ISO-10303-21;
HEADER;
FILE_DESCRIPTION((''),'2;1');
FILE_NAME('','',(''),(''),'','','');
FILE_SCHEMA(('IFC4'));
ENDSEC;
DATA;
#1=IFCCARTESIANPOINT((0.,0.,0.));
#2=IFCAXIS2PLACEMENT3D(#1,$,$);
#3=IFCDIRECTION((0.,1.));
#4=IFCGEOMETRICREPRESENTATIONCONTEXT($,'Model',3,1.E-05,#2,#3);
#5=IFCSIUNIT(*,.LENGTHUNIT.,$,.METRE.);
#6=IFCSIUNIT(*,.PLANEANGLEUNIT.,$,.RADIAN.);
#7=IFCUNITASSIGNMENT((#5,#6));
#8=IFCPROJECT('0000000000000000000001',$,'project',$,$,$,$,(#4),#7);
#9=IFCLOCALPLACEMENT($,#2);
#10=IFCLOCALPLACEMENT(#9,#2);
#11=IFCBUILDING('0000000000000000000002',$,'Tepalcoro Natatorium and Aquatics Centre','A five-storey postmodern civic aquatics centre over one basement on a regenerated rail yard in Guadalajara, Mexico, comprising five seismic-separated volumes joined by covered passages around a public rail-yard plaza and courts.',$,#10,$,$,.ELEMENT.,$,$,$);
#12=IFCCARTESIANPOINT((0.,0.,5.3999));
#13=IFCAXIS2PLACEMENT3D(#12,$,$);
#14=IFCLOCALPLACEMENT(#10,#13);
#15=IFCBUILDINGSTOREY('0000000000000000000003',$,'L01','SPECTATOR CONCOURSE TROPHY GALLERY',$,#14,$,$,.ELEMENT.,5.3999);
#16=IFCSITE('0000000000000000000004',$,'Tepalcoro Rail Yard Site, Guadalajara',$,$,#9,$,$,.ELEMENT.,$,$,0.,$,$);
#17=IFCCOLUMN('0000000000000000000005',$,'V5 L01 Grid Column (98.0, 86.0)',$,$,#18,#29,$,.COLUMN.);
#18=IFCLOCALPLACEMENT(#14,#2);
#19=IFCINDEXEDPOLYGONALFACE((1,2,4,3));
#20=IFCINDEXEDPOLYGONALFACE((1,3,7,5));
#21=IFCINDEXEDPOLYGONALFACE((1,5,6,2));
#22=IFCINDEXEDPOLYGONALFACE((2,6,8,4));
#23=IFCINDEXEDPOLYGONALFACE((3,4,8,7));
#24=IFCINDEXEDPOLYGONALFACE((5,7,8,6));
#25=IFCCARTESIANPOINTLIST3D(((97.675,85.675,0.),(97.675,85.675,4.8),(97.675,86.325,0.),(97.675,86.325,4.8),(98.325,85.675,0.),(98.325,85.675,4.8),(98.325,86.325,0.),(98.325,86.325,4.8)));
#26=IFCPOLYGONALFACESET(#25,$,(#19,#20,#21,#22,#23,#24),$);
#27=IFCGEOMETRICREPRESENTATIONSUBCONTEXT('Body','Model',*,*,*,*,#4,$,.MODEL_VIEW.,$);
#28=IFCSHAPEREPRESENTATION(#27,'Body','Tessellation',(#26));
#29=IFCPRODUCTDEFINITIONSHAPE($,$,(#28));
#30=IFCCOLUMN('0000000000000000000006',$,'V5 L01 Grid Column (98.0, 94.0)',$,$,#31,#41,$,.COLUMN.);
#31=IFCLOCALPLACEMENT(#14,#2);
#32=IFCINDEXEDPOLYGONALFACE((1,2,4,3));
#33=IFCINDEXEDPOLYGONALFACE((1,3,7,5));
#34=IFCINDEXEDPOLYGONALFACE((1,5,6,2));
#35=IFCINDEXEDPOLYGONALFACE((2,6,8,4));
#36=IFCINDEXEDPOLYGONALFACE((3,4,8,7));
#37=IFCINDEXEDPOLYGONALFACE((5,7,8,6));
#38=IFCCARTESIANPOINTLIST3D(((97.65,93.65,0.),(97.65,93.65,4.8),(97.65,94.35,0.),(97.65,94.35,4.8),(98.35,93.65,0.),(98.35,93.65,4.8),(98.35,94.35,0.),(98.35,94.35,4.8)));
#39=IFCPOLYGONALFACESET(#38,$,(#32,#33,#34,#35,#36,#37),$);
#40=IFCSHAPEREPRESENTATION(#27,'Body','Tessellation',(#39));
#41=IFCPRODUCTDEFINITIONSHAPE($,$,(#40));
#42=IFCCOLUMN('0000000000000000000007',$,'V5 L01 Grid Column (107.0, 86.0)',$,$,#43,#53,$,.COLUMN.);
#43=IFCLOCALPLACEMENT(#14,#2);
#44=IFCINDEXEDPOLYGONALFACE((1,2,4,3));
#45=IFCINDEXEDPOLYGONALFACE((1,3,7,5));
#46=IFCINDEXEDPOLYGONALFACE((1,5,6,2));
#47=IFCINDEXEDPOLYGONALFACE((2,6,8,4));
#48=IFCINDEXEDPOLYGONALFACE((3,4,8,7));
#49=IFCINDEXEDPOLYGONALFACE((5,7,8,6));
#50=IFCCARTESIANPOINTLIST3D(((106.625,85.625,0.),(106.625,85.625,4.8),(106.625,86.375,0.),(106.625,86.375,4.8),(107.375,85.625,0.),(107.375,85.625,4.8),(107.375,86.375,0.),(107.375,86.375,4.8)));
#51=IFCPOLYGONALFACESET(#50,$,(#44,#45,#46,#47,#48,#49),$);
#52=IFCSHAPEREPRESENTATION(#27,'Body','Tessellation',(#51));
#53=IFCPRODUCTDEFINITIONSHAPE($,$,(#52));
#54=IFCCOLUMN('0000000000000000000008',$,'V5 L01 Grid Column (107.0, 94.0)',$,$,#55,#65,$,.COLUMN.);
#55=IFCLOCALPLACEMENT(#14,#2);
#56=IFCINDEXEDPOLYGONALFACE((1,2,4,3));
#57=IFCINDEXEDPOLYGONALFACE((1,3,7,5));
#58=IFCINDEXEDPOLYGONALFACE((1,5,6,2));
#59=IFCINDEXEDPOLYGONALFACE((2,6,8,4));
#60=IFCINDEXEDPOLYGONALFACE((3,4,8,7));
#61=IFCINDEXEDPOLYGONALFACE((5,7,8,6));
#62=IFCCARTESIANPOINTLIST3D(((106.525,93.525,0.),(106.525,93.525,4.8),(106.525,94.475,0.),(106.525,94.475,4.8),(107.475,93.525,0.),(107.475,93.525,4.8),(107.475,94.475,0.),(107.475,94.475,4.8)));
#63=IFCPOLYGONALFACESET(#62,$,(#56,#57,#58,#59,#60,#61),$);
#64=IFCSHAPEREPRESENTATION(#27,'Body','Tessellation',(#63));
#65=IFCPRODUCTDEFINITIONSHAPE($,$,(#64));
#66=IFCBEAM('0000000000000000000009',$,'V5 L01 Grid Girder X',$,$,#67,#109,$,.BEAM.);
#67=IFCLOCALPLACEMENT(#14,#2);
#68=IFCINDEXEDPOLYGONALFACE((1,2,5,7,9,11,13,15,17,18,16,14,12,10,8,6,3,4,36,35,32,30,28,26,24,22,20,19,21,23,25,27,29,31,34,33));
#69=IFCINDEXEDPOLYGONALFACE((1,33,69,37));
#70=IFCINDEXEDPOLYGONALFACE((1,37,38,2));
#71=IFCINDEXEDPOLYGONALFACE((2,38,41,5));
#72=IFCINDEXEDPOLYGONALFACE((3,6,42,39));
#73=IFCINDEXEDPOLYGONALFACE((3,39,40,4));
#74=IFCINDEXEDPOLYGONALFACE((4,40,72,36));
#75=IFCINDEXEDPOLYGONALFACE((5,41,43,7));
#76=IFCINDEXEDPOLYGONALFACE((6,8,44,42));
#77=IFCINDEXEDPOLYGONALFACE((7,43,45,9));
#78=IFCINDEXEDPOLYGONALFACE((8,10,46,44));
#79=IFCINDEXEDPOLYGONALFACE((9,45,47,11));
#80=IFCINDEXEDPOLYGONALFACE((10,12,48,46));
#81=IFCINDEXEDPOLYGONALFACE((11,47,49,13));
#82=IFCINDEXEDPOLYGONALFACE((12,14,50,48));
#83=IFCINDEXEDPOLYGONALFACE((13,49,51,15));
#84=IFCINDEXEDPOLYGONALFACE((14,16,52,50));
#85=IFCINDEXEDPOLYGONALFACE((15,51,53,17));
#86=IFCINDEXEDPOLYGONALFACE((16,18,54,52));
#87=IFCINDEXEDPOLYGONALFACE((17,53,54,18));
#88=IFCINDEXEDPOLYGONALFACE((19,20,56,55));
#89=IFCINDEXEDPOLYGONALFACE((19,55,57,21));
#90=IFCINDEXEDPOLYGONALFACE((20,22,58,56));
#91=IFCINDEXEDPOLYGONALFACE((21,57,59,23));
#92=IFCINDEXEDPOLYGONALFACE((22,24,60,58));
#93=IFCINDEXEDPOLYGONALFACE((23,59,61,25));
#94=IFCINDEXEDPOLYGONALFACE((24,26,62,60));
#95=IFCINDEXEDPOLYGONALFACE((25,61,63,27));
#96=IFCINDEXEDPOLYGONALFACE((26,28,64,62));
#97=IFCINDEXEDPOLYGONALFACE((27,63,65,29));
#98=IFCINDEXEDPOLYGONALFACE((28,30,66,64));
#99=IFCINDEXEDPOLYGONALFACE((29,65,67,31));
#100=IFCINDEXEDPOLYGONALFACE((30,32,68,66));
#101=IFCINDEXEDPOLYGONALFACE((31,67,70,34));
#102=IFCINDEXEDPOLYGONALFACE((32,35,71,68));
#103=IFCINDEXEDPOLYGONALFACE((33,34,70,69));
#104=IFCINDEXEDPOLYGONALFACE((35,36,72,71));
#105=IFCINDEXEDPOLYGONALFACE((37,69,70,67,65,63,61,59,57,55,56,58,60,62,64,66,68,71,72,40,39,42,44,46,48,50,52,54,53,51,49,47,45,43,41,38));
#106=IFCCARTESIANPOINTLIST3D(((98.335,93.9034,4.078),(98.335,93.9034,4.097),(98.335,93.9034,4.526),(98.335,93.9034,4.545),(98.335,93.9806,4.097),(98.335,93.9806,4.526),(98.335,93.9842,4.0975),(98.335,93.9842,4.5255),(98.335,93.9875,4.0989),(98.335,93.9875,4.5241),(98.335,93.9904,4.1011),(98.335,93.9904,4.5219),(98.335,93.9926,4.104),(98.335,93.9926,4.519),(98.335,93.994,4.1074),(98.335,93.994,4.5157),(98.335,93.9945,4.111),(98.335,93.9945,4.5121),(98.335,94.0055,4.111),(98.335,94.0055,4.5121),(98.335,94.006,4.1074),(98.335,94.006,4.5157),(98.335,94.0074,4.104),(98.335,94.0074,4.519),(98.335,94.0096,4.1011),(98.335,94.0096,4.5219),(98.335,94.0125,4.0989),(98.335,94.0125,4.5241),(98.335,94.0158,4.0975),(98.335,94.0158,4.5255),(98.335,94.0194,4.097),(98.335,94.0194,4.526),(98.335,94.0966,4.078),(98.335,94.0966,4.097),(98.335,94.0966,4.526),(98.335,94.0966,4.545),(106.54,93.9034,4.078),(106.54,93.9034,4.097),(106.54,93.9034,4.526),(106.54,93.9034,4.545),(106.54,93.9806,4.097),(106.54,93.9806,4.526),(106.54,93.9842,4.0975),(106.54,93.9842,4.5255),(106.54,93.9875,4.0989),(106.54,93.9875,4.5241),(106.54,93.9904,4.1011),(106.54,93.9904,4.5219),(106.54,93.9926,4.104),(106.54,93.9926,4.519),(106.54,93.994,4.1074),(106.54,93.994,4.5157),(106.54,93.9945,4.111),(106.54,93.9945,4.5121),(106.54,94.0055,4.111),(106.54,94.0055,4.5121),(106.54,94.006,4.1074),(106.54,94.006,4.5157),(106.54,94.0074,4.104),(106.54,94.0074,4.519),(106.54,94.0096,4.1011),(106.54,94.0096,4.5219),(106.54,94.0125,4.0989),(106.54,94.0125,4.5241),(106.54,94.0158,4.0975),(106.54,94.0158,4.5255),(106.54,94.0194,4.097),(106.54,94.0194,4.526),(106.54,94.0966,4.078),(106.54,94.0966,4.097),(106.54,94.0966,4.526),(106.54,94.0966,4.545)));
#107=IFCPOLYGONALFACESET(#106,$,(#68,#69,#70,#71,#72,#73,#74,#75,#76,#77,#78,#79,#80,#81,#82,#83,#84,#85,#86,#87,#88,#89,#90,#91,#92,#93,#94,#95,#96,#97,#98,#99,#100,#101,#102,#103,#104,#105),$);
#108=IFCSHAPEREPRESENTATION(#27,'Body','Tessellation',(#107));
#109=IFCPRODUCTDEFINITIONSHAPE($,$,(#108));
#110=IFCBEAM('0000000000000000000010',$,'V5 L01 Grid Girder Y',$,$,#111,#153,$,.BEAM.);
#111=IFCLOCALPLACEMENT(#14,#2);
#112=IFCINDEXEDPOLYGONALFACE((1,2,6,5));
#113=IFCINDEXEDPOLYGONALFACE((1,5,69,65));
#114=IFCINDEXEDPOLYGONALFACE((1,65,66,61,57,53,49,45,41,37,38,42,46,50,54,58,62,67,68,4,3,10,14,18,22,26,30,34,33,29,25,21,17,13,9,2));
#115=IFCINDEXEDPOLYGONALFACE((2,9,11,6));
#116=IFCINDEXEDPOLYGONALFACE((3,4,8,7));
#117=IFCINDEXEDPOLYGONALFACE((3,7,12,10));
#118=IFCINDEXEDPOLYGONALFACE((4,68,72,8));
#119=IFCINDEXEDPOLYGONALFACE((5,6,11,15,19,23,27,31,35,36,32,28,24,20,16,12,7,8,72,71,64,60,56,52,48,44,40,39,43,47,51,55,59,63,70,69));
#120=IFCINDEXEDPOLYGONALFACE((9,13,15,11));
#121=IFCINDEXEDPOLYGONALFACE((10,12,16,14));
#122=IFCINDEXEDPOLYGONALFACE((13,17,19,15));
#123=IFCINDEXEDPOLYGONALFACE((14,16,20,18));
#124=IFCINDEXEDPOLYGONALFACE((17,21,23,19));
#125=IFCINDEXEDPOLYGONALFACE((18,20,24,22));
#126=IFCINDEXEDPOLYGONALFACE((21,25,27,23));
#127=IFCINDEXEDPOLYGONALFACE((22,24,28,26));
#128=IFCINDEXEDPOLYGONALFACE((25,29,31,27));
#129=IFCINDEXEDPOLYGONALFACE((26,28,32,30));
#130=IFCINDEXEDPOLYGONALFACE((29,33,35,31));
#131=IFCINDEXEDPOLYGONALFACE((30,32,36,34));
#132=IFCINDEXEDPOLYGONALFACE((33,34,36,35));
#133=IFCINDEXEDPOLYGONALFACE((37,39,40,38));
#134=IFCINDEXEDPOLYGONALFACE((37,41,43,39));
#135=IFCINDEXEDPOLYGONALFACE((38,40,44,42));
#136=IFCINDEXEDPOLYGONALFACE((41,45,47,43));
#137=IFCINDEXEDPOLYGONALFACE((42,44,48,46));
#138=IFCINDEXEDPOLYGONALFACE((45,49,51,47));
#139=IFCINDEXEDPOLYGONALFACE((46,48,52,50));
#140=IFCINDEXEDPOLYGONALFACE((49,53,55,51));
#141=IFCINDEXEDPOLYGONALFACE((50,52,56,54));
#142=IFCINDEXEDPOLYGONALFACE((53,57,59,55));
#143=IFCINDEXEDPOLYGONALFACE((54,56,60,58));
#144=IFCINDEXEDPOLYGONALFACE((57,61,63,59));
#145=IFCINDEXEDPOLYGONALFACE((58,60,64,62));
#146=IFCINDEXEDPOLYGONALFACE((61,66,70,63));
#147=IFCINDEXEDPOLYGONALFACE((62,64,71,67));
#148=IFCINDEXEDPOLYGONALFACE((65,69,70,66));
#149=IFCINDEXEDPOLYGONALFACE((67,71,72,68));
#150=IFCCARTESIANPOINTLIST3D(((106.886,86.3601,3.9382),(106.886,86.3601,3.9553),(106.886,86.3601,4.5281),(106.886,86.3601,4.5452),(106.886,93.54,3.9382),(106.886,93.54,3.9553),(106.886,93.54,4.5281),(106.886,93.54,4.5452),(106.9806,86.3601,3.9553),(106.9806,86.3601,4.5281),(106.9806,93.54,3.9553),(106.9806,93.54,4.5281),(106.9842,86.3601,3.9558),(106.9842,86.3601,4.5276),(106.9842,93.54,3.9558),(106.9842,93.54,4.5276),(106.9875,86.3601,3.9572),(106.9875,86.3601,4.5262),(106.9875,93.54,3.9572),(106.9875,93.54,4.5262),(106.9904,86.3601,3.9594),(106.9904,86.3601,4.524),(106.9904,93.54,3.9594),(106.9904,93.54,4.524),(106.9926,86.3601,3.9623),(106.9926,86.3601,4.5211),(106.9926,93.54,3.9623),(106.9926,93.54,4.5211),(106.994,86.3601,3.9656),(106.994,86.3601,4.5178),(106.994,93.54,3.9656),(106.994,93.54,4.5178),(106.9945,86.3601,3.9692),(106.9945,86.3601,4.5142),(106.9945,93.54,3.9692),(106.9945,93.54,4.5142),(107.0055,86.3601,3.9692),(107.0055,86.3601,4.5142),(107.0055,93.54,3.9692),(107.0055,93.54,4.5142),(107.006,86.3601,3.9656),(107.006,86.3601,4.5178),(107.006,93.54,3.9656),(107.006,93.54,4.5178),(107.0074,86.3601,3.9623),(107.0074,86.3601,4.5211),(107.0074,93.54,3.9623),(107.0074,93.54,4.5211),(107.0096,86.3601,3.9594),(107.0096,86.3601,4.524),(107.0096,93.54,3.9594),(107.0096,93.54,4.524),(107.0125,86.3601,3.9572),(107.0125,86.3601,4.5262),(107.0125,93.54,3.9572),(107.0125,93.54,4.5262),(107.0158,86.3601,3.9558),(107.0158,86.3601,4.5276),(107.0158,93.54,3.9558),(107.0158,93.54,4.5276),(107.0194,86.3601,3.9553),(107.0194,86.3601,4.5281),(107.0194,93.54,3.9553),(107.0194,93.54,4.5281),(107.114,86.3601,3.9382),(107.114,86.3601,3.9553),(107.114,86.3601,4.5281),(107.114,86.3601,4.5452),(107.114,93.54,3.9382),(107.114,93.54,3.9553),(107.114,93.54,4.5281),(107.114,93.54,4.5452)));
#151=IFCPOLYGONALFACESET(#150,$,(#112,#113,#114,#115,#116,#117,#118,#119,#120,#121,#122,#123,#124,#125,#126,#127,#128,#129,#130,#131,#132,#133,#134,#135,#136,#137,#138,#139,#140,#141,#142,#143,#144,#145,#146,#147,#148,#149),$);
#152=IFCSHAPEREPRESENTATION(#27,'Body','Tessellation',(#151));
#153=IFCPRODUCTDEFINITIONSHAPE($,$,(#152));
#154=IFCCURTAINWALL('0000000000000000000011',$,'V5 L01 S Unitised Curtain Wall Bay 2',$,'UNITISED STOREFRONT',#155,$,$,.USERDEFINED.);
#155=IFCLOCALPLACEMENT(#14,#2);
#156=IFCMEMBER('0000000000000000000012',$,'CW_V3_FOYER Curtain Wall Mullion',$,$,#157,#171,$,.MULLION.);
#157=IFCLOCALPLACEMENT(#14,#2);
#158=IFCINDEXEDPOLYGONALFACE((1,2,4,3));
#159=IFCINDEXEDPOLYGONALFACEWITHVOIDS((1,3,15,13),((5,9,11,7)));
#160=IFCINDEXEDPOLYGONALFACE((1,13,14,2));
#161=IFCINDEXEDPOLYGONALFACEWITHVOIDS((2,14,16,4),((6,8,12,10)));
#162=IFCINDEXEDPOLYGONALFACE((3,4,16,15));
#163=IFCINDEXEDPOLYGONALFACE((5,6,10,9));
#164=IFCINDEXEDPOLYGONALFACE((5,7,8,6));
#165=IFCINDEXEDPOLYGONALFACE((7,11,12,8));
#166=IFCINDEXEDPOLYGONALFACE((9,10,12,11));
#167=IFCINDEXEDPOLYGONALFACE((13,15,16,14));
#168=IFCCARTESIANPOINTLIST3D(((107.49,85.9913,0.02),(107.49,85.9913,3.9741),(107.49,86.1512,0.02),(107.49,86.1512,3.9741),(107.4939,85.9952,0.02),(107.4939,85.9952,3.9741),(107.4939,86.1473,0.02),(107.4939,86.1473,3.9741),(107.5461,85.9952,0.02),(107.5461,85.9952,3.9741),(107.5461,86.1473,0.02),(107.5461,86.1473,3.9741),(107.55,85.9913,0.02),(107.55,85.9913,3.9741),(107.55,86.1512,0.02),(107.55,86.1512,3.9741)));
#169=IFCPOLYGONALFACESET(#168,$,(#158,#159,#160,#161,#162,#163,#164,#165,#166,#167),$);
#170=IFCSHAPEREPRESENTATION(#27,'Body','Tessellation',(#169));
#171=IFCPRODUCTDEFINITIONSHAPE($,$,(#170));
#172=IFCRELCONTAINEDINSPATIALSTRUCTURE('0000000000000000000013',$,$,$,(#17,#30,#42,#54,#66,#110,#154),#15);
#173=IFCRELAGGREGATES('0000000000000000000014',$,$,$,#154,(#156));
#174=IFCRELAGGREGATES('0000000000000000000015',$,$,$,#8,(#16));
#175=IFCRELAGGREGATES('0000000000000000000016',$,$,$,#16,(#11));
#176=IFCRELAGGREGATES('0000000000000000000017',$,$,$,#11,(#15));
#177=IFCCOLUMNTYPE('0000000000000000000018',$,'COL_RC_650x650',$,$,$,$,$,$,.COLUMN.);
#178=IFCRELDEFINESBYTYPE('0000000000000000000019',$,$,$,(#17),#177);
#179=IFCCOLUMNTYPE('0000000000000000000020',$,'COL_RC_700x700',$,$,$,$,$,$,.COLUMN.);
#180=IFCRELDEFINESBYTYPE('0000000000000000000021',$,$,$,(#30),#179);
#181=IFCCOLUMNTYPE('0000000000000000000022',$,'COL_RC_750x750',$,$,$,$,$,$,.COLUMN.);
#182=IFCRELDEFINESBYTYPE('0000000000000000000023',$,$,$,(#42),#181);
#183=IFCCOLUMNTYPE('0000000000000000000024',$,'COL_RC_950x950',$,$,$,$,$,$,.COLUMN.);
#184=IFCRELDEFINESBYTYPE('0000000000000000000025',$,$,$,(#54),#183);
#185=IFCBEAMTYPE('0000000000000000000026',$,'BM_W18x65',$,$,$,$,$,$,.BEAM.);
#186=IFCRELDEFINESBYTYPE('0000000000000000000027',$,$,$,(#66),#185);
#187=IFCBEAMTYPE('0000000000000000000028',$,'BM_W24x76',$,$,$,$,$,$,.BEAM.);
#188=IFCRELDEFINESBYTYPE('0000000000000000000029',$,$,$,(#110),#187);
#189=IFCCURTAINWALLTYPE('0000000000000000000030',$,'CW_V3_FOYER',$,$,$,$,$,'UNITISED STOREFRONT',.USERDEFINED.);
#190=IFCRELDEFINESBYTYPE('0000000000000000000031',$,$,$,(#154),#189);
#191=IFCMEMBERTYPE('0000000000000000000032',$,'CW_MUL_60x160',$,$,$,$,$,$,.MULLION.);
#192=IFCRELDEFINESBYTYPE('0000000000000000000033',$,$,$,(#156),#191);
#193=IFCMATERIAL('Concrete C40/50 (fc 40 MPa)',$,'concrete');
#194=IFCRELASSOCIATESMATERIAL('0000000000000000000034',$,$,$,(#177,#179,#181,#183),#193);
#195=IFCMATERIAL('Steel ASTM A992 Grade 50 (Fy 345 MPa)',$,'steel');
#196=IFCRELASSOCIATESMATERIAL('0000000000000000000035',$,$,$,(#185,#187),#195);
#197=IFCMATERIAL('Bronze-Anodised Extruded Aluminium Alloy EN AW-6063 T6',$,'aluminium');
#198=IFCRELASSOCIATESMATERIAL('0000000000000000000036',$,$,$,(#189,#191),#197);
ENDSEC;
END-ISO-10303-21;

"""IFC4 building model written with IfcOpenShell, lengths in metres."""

from ifc_helpers import new_model, si_unit, direction, frame, origin, origin_2d, place, context, subcontext, project, spatial, rectangle, hollow_rectangle, i_section, extrude, material, material_profile, profile_set, type_object, element, aggregate, save


model = new_model("IFC4")

# Units and contexts
model_context = context("Model", 3, precision=1e-05, world=origin(), true_north=direction((0.0, 1.0)))
body_context = subcontext(model_context, "Body", "Model", "MODEL_VIEW")
ifc_project = project(units=[si_unit("LENGTHUNIT", "METRE"), si_unit("PLANEANGLEUNIT", "RADIAN")], contexts=[model_context])

# Site, building, storey
site_placement = place(None, origin())
site = spatial("IfcSite", under=ifc_project, at=site_placement, Name="Tepalcoro Rail Yard Site, Guadalajara", CompositionType="ELEMENT", RefElevation=0.0)
building_placement = place(site_placement, origin())
building = spatial("IfcBuilding", under=site, at=building_placement, Name="Tepalcoro Natatorium and Aquatics Centre", Description="A five-storey postmodern civic aquatics centre over one basement on a regenerated rail yard in Guadalajara, Mexico, comprising five seismic-separated volumes joined by covered passages around a public rail-yard plaza and courts.", CompositionType="ELEMENT")
storey_placement = place(building_placement, frame((0.0, 0.0, 5.3999)))
storey = spatial("IfcBuildingStorey", under=building, at=storey_placement, Name="L01", Description="SPECTATOR CONCOURSE TROPHY GALLERY", CompositionType="ELEMENT", Elevation=5.3999)

# Columns
ifc_material_1 = material(Name="Concrete C40/50 (fc 40 MPa)", Category="concrete")
ifc_material_profile_1 = material_profile(ifc_material_1, rectangle(XDim=0.6499, YDim=0.6499, at=origin_2d()), Name="RC650x650")
ifc_profile_set_1 = profile_set([ifc_material_profile_1], Name="Concrete C40/50 (fc 40 MPa)")
column_type_1 = type_object("IfcColumnType", Name="COL_RC_650x650", PredefinedType="COLUMN", material=ifc_profile_set_1)
column_1_placement = place(storey_placement, frame((98.0, 86.0, 0.0), z_axis=(0.0, 0.0, 1.0), x_axis=(1.0, 0.0, 0.0)))
element("IfcColumn", 1, at=column_1_placement, inside=storey, type_object=column_type_1, Name="V5 L01 Grid Column (98.0, 86.0)", PredefinedType="COLUMN", context=body_context, shape_type="SweptSolid", body=[
    extrude(rectangle(XDim=0.6499, YDim=0.6499, at=origin_2d()), origin(), (0.0, 0.0, 1.0), 4.8),
])
ifc_material_profile_2 = material_profile(ifc_material_1, rectangle(XDim=0.7, YDim=0.7, at=origin_2d()), Name="RC700x700")
ifc_profile_set_2 = profile_set([ifc_material_profile_2], Name="Concrete C40/50 (fc 40 MPa)")
column_type_2 = type_object("IfcColumnType", Name="COL_RC_700x700", PredefinedType="COLUMN", material=ifc_profile_set_2)
column_2_placement = place(storey_placement, frame((98.0, 94.0, 0.0), z_axis=(0.0, 0.0, 1.0), x_axis=(1.0, 0.0, 0.0)))
element("IfcColumn", 2, at=column_2_placement, inside=storey, type_object=column_type_2, Name="V5 L01 Grid Column (98.0, 94.0)", PredefinedType="COLUMN", context=body_context, shape_type="SweptSolid", body=[
    extrude(rectangle(XDim=0.7, YDim=0.7, at=origin_2d()), origin(), (0.0, 0.0, 1.0), 4.8),
])
ifc_material_profile_3 = material_profile(ifc_material_1, rectangle(XDim=0.75, YDim=0.75, at=origin_2d()), Name="RC750x750")
ifc_profile_set_3 = profile_set([ifc_material_profile_3], Name="Concrete C40/50 (fc 40 MPa)")
column_type_3 = type_object("IfcColumnType", Name="COL_RC_750x750", PredefinedType="COLUMN", material=ifc_profile_set_3)
column_3_placement = place(storey_placement, frame((107.0, 86.0, 0.0), z_axis=(0.0, 0.0, 1.0), x_axis=(1.0, 0.0, 0.0)))
element("IfcColumn", 3, at=column_3_placement, inside=storey, type_object=column_type_3, Name="V5 L01 Grid Column (107.0, 86.0)", PredefinedType="COLUMN", context=body_context, shape_type="SweptSolid", body=[
    extrude(rectangle(XDim=0.75, YDim=0.75, at=origin_2d()), origin(), (0.0, 0.0, 1.0), 4.8),
])
ifc_material_profile_4 = material_profile(ifc_material_1, rectangle(XDim=0.95, YDim=0.95, at=origin_2d()), Name="RC950x950")
ifc_profile_set_4 = profile_set([ifc_material_profile_4], Name="Concrete C40/50 (fc 40 MPa)")
column_type_4 = type_object("IfcColumnType", Name="COL_RC_950x950", PredefinedType="COLUMN", material=ifc_profile_set_4)
column_4_placement = place(storey_placement, frame((107.0, 94.0, 0.0), z_axis=(0.0, 0.0, 1.0), x_axis=(1.0, 0.0, 0.0)))
element("IfcColumn", 4, at=column_4_placement, inside=storey, type_object=column_type_4, Name="V5 L01 Grid Column (107.0, 94.0)", PredefinedType="COLUMN", context=body_context, shape_type="SweptSolid", body=[
    extrude(rectangle(XDim=0.95, YDim=0.95, at=origin_2d()), origin(), (0.0, 0.0, 1.0), 4.8),
])

# Beams
ifc_material_2 = material(Name="Steel ASTM A992 Grade 50 (Fy 345 MPa)", Category="steel")
ifc_material_profile_5 = material_profile(ifc_material_2, i_section(OverallWidth=0.1931, OverallDepth=0.467, WebThickness=0.011, FlangeThickness=0.019, FilletRadius=0.0139, at=origin_2d()), Name="W18X65")
ifc_profile_set_5 = profile_set([ifc_material_profile_5], Name="Steel ASTM A992 Grade 50 (Fy 345 MPa)")
beam_type_1 = type_object("IfcBeamType", Name="BM_W18x65", PredefinedType="BEAM", material=ifc_profile_set_5)
beam_1_placement = place(storey_placement, frame((98.335, 94.0, 4.3115), z_axis=(1.0, 0.0, 0.0), x_axis=(0.0, 1.0, 0.0)))
element("IfcBeam", 5, at=beam_1_placement, inside=storey, type_object=beam_type_1, Name="V5 L01 Grid Girder X", PredefinedType="BEAM", context=body_context, shape_type="SweptSolid", body=[
    extrude(i_section(OverallWidth=0.1931, OverallDepth=0.467, WebThickness=0.011, FlangeThickness=0.019, FilletRadius=0.0139, at=origin_2d()), origin(), (0.0, 0.0, 1.0), 8.2051),
])
ifc_material_profile_6 = material_profile(ifc_material_2, i_section(OverallWidth=0.228, OverallDepth=0.6069, WebThickness=0.011, FlangeThickness=0.0171, FilletRadius=0.0139, at=origin_2d()), Name="W24X76")
ifc_profile_set_6 = profile_set([ifc_material_profile_6], Name="Steel ASTM A992 Grade 50 (Fy 345 MPa)")
beam_type_2 = type_object("IfcBeamType", Name="BM_W24x76", PredefinedType="BEAM", material=ifc_profile_set_6)
beam_2_placement = place(storey_placement, frame((107.0, 86.3601, 4.2417), z_axis=(0.0, 1.0, 0.0), x_axis=(-1.0, 0.0, 0.0)))
element("IfcBeam", 6, at=beam_2_placement, inside=storey, type_object=beam_type_2, Name="V5 L01 Grid Girder Y", PredefinedType="BEAM", context=body_context, shape_type="SweptSolid", body=[
    extrude(i_section(OverallWidth=0.228, OverallDepth=0.6069, WebThickness=0.011, FlangeThickness=0.0171, FilletRadius=0.0139, at=origin_2d()), origin(), (0.0, 0.0, 1.0), 7.1799),
])

# Curtain wall, member
ifc_material_3 = material(Name="Bronze-Anodised Extruded Aluminium Alloy EN AW-6063 T6", Category="aluminium")
curtain_wall_type_1 = type_object("IfcCurtainWallType", Name="CW_V3_FOYER", ElementType="UNITISED STOREFRONT", PredefinedType="USERDEFINED", material=ifc_material_3)
curtain_wall_1_placement = place(storey_placement, origin())
curtain_wall_1 = element("IfcCurtainWall", 7, at=curtain_wall_1_placement, inside=storey, type_object=curtain_wall_type_1, Name="V5 L01 S Unitised Curtain Wall Bay 2", ObjectType="UNITISED STOREFRONT", PredefinedType="USERDEFINED")
ifc_material_profile_7 = material_profile(ifc_material_3, hollow_rectangle(XDim=0.0601, YDim=0.1599, WallThickness=0.0039, at=origin_2d()), Name="AL60X160X4")
ifc_profile_set_7 = profile_set([ifc_material_profile_7], Name="Bronze-Anodised Extruded Aluminium Alloy EN AW-6063 T6")
member_type_1 = type_object("IfcMemberType", Name="CW_MUL_60x160", PredefinedType="MULLION", material=ifc_profile_set_7)
member_1_placement = place(storey_placement, frame((107.52, 86.0713, 0.02), z_axis=(0.0, 0.0, 1.0), x_axis=(1.0, 0.0, 0.0)))
member_1 = element("IfcMember", 8, at=member_1_placement, type_object=member_type_1, Name="CW_V3_FOYER Curtain Wall Mullion", PredefinedType="MULLION", context=body_context, shape_type="SweptSolid", body=[
    extrude(hollow_rectangle(XDim=0.0601, YDim=0.1599, WallThickness=0.0039, at=origin_2d()), origin(), (0.0, 0.0, 1.0), 3.9541),
])

aggregate(curtain_wall_1, [member_1])

save(model, "model.ifc")
